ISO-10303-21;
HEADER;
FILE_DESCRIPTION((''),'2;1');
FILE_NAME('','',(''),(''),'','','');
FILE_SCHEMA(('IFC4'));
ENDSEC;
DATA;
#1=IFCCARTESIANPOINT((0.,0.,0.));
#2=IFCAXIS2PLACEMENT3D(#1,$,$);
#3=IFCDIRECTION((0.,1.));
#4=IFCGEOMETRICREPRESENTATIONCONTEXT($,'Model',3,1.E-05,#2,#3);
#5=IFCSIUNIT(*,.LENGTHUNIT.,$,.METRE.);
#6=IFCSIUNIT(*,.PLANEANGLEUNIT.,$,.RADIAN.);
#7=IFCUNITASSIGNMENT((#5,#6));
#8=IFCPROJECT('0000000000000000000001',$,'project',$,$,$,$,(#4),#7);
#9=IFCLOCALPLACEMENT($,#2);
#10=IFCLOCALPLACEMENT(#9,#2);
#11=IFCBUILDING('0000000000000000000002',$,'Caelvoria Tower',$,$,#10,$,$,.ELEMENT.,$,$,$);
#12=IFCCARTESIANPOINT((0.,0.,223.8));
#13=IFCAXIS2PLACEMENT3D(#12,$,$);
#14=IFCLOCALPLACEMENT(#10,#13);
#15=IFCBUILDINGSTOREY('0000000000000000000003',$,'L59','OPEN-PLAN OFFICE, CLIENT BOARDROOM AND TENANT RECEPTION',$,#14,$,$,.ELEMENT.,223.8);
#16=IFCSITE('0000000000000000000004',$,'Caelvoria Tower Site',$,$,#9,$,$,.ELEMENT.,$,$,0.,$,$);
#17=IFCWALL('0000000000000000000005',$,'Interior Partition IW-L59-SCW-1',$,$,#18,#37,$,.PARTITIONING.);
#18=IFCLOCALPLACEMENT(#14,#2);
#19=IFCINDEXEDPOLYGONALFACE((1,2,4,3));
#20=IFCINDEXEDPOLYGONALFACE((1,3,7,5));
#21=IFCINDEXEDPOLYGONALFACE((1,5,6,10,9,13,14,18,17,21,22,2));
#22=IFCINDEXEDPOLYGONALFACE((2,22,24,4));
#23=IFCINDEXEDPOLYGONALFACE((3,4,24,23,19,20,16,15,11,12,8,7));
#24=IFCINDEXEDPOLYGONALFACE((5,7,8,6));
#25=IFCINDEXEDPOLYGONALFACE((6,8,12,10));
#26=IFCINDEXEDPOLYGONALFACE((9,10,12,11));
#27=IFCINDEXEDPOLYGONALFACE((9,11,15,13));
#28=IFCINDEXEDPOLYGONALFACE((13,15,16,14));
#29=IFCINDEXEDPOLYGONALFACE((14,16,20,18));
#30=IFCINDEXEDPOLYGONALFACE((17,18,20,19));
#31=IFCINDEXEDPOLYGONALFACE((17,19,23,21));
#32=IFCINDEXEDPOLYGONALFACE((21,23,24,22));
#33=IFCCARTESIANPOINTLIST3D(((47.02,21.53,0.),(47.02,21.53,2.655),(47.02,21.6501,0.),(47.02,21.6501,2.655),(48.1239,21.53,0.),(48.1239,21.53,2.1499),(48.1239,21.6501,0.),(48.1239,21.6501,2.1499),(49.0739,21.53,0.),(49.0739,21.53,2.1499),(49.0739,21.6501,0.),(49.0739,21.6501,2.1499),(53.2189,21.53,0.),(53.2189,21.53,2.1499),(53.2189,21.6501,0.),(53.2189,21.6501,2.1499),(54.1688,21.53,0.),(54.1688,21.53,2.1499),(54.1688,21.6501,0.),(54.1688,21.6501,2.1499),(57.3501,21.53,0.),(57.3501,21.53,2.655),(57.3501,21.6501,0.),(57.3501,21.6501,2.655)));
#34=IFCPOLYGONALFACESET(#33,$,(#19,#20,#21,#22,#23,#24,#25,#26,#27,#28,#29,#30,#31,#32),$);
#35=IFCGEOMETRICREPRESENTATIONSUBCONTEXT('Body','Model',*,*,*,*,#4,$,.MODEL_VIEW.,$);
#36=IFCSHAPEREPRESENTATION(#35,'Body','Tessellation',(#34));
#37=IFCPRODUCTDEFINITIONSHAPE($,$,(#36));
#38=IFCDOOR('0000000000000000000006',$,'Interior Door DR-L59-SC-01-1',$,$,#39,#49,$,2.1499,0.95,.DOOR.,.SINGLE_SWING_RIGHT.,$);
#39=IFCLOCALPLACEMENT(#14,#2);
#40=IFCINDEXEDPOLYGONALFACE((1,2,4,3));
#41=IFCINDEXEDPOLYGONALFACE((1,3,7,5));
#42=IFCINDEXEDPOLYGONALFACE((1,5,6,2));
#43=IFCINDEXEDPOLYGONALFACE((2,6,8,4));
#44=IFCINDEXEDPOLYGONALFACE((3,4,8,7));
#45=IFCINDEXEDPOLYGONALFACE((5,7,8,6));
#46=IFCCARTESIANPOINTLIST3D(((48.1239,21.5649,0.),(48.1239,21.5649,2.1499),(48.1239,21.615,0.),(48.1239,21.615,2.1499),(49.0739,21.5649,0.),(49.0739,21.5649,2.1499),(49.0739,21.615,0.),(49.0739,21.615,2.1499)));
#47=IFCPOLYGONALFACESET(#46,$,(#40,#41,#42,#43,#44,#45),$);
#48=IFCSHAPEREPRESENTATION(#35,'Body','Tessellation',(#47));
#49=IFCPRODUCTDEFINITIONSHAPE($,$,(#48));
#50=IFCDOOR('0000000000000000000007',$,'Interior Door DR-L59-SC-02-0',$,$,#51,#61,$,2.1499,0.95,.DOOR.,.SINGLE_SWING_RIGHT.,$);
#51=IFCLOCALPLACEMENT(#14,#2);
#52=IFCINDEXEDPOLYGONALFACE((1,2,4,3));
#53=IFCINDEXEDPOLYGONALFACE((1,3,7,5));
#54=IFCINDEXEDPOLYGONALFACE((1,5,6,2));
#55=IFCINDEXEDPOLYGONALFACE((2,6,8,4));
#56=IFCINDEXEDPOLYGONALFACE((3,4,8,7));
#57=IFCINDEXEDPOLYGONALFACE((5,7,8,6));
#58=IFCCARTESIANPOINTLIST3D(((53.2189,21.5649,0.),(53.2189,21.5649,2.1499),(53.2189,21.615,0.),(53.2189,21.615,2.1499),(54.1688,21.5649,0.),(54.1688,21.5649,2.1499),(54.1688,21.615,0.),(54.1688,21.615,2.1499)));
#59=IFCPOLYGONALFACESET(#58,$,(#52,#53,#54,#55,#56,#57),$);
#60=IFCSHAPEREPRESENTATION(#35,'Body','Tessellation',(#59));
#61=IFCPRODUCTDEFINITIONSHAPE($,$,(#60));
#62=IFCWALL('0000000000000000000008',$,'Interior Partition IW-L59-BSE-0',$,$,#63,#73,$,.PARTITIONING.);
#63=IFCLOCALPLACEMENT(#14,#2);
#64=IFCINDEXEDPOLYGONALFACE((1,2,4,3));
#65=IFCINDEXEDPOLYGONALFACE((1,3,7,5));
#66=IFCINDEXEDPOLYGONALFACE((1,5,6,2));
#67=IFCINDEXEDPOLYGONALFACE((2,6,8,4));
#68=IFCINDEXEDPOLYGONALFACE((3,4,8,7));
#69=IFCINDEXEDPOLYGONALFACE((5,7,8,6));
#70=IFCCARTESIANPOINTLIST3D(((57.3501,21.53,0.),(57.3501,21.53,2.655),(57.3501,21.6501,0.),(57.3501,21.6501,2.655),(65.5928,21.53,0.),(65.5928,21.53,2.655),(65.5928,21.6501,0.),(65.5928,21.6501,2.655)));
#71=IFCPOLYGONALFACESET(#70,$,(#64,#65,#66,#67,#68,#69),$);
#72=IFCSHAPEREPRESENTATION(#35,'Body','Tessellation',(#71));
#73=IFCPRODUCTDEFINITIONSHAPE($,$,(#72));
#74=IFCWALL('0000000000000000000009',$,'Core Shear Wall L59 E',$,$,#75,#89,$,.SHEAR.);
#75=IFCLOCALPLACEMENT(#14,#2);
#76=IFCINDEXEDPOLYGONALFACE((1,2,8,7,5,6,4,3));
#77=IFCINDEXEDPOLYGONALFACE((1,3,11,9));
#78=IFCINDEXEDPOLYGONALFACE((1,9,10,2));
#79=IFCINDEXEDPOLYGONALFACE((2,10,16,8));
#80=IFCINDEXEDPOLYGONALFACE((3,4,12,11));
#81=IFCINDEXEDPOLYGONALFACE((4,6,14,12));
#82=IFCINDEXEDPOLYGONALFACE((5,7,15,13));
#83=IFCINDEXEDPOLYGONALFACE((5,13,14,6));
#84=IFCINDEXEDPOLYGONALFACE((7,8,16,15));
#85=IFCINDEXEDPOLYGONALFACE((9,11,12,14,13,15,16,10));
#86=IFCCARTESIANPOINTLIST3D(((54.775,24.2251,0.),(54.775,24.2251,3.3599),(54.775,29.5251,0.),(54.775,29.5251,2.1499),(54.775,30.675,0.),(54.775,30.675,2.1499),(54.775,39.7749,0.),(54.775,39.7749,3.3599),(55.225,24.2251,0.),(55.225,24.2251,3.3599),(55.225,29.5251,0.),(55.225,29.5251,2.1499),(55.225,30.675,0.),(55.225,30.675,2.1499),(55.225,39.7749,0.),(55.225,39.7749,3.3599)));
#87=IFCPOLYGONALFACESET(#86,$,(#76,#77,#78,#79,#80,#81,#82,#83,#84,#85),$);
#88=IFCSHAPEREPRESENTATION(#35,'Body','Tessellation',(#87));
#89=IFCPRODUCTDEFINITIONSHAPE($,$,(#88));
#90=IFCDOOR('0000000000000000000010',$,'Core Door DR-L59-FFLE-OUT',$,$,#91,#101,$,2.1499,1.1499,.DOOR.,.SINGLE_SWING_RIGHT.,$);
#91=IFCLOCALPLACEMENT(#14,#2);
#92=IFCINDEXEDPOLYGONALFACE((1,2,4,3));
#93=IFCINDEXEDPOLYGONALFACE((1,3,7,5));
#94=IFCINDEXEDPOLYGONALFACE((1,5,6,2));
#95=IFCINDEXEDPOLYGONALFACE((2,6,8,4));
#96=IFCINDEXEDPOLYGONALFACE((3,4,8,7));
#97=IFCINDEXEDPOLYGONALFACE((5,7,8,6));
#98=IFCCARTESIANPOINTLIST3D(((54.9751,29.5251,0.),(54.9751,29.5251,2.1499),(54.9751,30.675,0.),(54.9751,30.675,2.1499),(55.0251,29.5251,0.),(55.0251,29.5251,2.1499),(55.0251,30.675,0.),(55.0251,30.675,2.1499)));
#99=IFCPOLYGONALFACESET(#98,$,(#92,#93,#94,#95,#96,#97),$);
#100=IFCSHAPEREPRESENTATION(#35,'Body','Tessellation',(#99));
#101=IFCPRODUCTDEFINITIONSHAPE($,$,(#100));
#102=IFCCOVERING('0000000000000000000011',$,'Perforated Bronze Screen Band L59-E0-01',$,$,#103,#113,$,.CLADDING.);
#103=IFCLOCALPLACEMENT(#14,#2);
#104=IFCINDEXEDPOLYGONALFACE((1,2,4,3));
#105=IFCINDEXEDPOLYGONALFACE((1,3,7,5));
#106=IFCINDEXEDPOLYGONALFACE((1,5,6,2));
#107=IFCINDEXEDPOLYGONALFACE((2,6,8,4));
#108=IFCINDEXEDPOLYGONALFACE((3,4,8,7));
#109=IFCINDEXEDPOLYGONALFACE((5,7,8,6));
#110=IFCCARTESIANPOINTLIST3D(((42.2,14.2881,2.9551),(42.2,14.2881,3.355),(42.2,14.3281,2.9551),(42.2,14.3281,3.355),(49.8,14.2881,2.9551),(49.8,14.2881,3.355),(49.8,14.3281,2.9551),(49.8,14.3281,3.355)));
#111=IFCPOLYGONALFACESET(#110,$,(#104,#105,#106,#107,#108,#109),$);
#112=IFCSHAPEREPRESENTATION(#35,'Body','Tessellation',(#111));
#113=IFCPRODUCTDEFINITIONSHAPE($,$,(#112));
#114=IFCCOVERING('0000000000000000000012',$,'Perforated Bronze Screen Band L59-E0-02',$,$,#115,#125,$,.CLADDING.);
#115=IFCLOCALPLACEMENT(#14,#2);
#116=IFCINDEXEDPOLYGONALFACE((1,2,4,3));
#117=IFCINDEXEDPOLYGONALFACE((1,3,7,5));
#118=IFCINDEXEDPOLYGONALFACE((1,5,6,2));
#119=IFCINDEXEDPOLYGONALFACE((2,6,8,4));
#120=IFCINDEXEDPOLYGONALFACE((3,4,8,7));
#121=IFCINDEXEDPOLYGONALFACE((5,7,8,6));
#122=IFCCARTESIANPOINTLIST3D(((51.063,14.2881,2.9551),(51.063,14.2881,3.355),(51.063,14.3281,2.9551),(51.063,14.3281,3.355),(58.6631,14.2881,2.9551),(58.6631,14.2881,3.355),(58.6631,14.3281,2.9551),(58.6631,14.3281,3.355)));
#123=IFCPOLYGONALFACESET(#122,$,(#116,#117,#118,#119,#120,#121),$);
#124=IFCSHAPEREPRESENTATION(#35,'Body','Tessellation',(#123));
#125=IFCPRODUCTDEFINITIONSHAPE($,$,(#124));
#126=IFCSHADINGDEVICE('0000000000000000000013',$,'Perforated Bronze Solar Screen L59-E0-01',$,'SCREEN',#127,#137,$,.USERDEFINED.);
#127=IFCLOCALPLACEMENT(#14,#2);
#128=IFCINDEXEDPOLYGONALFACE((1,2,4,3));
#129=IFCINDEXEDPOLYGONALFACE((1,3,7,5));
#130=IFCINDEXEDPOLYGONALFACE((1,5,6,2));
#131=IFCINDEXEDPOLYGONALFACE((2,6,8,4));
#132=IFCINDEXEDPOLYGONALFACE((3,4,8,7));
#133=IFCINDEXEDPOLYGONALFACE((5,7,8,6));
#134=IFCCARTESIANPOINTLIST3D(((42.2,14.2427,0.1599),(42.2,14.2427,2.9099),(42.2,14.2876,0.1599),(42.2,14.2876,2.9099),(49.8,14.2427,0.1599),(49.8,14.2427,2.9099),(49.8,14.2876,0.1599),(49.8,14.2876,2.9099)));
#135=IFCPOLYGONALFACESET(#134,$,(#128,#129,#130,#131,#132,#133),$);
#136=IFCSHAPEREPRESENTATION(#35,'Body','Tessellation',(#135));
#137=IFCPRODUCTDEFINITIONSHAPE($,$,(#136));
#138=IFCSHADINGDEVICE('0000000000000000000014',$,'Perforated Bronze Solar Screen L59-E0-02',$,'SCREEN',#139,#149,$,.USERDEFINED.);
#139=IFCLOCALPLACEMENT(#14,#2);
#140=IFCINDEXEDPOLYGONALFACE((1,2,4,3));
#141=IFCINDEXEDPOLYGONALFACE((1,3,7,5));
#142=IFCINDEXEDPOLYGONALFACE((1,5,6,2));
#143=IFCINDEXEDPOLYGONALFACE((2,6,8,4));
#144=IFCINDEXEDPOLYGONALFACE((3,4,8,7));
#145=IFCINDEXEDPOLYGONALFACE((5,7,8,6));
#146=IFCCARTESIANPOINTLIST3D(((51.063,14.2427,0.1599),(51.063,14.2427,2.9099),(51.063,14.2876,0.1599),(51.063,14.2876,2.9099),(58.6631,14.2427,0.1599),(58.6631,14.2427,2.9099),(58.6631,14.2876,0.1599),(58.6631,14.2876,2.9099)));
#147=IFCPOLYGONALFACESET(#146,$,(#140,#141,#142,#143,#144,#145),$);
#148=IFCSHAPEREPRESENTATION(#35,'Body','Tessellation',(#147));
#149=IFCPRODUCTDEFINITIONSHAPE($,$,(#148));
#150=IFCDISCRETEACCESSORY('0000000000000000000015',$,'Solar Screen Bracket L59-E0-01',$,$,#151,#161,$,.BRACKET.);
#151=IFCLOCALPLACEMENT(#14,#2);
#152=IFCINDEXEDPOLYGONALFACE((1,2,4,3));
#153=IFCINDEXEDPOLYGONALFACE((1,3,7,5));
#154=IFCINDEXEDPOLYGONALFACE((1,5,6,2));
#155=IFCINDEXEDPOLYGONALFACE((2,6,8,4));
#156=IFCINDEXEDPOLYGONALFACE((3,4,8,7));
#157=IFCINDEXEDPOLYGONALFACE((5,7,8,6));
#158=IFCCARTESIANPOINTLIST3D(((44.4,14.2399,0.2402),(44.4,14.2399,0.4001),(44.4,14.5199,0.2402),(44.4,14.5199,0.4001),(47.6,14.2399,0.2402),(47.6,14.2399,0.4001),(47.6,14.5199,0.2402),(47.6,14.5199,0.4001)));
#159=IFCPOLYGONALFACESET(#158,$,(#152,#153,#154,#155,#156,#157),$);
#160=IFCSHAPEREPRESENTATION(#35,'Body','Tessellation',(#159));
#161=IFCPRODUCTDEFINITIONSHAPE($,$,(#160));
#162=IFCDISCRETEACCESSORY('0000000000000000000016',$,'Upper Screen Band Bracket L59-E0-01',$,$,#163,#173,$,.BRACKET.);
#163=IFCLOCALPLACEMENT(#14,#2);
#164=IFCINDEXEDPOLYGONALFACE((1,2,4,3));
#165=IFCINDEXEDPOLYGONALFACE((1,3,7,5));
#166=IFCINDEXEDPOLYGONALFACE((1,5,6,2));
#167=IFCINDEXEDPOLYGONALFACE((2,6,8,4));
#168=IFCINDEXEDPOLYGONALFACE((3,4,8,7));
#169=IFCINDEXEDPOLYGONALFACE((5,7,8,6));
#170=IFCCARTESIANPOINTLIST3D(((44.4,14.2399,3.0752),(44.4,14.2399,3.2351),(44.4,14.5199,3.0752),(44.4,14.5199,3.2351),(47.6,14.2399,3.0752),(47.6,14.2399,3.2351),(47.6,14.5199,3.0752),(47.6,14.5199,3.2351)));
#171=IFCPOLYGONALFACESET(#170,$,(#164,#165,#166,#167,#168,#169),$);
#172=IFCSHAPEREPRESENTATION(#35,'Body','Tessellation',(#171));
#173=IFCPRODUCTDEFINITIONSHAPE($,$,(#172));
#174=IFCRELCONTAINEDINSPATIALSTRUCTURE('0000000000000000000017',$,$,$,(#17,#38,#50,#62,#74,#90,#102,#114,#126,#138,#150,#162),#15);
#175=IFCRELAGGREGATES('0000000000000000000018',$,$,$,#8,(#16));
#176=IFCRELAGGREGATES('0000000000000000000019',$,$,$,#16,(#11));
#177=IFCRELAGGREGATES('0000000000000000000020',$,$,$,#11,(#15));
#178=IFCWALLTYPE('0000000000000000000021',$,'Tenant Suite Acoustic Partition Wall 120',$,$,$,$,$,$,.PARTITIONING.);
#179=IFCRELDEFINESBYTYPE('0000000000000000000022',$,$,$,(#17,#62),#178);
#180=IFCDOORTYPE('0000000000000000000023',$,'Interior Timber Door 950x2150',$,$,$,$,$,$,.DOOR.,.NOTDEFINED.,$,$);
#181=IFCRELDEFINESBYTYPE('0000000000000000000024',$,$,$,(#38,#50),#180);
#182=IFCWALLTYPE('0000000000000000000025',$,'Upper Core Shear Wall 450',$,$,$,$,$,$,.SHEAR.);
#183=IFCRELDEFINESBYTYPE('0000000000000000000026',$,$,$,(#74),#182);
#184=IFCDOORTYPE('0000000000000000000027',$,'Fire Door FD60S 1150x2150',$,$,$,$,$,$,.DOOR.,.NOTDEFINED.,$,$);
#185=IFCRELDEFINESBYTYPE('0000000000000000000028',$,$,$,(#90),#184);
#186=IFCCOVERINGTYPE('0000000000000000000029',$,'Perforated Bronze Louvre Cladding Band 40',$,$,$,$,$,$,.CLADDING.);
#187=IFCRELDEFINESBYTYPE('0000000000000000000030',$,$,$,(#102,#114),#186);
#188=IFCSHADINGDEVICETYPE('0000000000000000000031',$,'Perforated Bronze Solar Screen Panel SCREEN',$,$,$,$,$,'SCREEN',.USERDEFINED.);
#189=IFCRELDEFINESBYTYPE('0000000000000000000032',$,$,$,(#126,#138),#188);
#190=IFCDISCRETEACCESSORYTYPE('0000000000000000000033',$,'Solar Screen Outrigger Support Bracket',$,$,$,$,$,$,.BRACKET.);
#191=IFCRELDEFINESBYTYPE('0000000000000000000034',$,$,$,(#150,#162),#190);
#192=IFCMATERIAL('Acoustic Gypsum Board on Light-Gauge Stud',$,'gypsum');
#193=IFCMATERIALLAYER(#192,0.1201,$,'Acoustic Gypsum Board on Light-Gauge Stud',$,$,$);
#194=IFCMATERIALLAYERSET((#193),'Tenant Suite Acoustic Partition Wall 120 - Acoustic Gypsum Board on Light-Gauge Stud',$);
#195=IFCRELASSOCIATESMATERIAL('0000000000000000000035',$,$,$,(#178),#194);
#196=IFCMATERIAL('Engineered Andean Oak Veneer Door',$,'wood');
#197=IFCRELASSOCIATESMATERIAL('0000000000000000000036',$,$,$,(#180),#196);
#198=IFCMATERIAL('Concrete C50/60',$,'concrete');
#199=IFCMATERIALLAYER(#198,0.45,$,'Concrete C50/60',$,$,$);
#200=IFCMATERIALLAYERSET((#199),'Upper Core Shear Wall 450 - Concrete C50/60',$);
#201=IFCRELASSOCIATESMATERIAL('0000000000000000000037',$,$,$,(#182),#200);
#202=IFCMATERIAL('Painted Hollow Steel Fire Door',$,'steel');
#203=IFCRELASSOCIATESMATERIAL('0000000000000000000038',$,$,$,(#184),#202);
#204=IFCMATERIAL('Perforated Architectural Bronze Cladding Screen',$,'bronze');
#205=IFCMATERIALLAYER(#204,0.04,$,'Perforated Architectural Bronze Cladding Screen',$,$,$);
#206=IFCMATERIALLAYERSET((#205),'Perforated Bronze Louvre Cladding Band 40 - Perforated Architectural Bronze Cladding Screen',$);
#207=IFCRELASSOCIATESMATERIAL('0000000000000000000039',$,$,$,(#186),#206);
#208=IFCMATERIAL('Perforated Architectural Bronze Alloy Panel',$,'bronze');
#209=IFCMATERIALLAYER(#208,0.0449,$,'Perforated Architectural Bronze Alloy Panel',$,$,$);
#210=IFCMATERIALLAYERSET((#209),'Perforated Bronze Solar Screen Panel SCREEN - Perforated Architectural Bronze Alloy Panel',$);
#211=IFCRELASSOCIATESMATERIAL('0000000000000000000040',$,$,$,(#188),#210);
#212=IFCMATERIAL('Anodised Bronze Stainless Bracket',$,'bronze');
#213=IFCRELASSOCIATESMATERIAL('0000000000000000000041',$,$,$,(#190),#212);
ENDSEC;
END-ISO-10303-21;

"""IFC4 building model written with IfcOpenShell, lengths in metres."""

from ifc_helpers import new_model, si_unit, direction, frame, frame_2d, origin, origin_2d, place, context, subcontext, project, spatial, rectangle, extrude, material, layer, layer_set, type_object, element, fill, save


model = new_model("IFC4")

# Units and contexts
model_context = context("Model", 3, precision=1e-05, world=origin(), true_north=direction((0.0, 1.0)))
body_context = subcontext(model_context, "Body", "Model", "MODEL_VIEW")
ifc_project = project(units=[si_unit("LENGTHUNIT", "METRE"), si_unit("PLANEANGLEUNIT", "RADIAN")], contexts=[model_context])

# Site, building, storey
site_placement = place(None, origin())
site = spatial("IfcSite", under=ifc_project, at=site_placement, Name="Caelvoria Tower Site", CompositionType="ELEMENT", RefElevation=0.0)
building_placement = place(site_placement, origin())
building = spatial("IfcBuilding", under=site, at=building_placement, Name="Caelvoria Tower", CompositionType="ELEMENT")
storey_placement = place(building_placement, frame((0.0, 0.0, 223.8)))
storey = spatial("IfcBuildingStorey", under=building, at=storey_placement, Name="L59", Description="OPEN-PLAN OFFICE, CLIENT BOARDROOM AND TENANT RECEPTION", CompositionType="ELEMENT", Elevation=223.8)

# Shared definitions
ifc_material_1 = material(Name="Concrete C50/60", Category="concrete")

# Shared definitions
ifc_material_2 = material(Name="Acoustic Gypsum Board on Light-Gauge Stud", Category="gypsum")
ifc_layer_1 = layer(ifc_material_2, 0.1201, Name="Acoustic Gypsum Board on Light-Gauge Stud")
ifc_layer_set_1 = layer_set([ifc_layer_1], Name="Tenant Suite Acoustic Partition Wall 120 - Acoustic Gypsum Board on Light-Gauge Stud")
wall_type_1 = type_object("IfcWallType", Name="Tenant Suite Acoustic Partition Wall 120", PredefinedType="PARTITIONING", material=ifc_layer_set_1)
ifc_material_3 = material(Name="Engineered Andean Oak Veneer Door", Category="wood")

# Wall, openings, doors
wall_1_placement = place(storey_placement, frame((47.02, 21.5901, 0.0), z_axis=(0.0, 0.0, 1.0), x_axis=(1.0, 0.0, 0.0)))
wall_1 = element("IfcWall", 1, at=wall_1_placement, inside=storey, type_object=wall_type_1, Name="Interior Partition IW-L59-SCW-1", PredefinedType="PARTITIONING", context=body_context, shape_type="SweptSolid", body=[
    extrude(rectangle(XDim=10.3301, YDim=0.1201, at=frame_2d((5.165, 0.0))), origin(), (0.0, 0.0, 1.0), 2.655),
])
opening_1_placement = place(wall_1_placement, frame((1.1038, 0.0, 0.0)))
opening_1 = element("IfcOpeningElement", 2, at=opening_1_placement, cuts=wall_1, PredefinedType="OPENING", context=body_context, shape_type="SweptSolid", body=[
    extrude(rectangle(XDim=0.95, YDim=2.1499, at=frame_2d((0.4751, 1.075))), frame((0.0, 0.0701, 0.0), z_axis=(0.0, -1.0, 0.0), x_axis=(1.0, 0.0, 0.0)), (0.0, 0.0, 1.0), 0.1401),
])
opening_2_placement = place(wall_1_placement, frame((6.1987, 0.0, 0.0)))
opening_2 = element("IfcOpeningElement", 3, at=opening_2_placement, cuts=wall_1, PredefinedType="OPENING", context=body_context, shape_type="SweptSolid", body=[
    extrude(rectangle(XDim=0.95, YDim=2.1499, at=frame_2d((0.4751, 1.075))), frame((0.0, 0.0701, 0.0), z_axis=(0.0, -1.0, 0.0), x_axis=(1.0, 0.0, 0.0)), (0.0, 0.0, 1.0), 0.1401),
])
door_type_1 = type_object("IfcDoorType", Name="Interior Timber Door 950x2150", OperationType="NOTDEFINED", PredefinedType="DOOR", material=ifc_material_3)
door_1_placement = place(opening_1_placement, origin())
door_1 = element("IfcDoor", 4, at=door_1_placement, inside=storey, type_object=door_type_1, Name="Interior Door DR-L59-SC-01-1", OperationType="SINGLE_SWING_RIGHT", OverallHeight=2.1499, OverallWidth=0.95, PredefinedType="DOOR", context=body_context, shape_type="SweptSolid", body=[
    extrude(rectangle(XDim=0.95, YDim=2.1499, at=frame_2d((0.4751, 1.075))), frame((0.0, 0.0249, 0.0), z_axis=(0.0, -1.0, 0.0), x_axis=(1.0, 0.0, 0.0)), (0.0, 0.0, 1.0), 0.05),
])
fill(opening_1, door_1)
door_2_placement = place(opening_2_placement, origin())
door_2 = element("IfcDoor", 5, at=door_2_placement, inside=storey, type_object=door_type_1, Name="Interior Door DR-L59-SC-02-0", OperationType="SINGLE_SWING_RIGHT", OverallHeight=2.1499, OverallWidth=0.95, PredefinedType="DOOR", context=body_context, shape_type="SweptSolid", body=[
    extrude(rectangle(XDim=0.95, YDim=2.1499, at=frame_2d((0.4751, 1.075))), frame((0.0, 0.0249, 0.0), z_axis=(0.0, -1.0, 0.0), x_axis=(1.0, 0.0, 0.0)), (0.0, 0.0, 1.0), 0.05),
])
fill(opening_2, door_2)

# Wall
wall_2_placement = place(storey_placement, frame((57.3501, 21.5901, 0.0), z_axis=(0.0, 0.0, 1.0), x_axis=(1.0, 0.0, 0.0)))
element("IfcWall", 6, at=wall_2_placement, inside=storey, type_object=wall_type_1, Name="Interior Partition IW-L59-BSE-0", PredefinedType="PARTITIONING", context=body_context, shape_type="SweptSolid", body=[
    extrude(rectangle(XDim=8.2427, YDim=0.1201, at=frame_2d((4.1213, 0.0))), origin(), (0.0, 0.0, 1.0), 2.655),
])

# Wall, opening, door
ifc_layer_2 = layer(ifc_material_1, 0.45, Name="Concrete C50/60")
ifc_layer_set_2 = layer_set([ifc_layer_2], Name="Upper Core Shear Wall 450 - Concrete C50/60")
wall_type_2 = type_object("IfcWallType", Name="Upper Core Shear Wall 450", PredefinedType="SHEAR", material=ifc_layer_set_2)
wall_3_placement = place(storey_placement, frame((55.0, 24.2251, 0.0), z_axis=(0.0, 0.0, 1.0), x_axis=(0.0, 1.0, 0.0)))
wall_3 = element("IfcWall", 7, at=wall_3_placement, inside=storey, type_object=wall_type_2, Name="Core Shear Wall L59 E", PredefinedType="SHEAR", context=body_context, shape_type="SweptSolid", body=[
    extrude(rectangle(XDim=15.5498, YDim=0.45, at=frame_2d((7.7749, 0.0))), origin(), (0.0, 0.0, 1.0), 3.3599),
])
opening_3_placement = place(wall_3_placement, frame((5.3, 0.0, 0.0)))
opening_3 = element("IfcOpeningElement", 8, at=opening_3_placement, cuts=wall_3, PredefinedType="OPENING", context=body_context, shape_type="SweptSolid", body=[
    extrude(rectangle(XDim=1.1499, YDim=2.1499, at=frame_2d((0.575, 1.075))), frame((0.0, 0.2349, 0.0), z_axis=(0.0, -1.0, 0.0), x_axis=(1.0, 0.0, 0.0)), (0.0, 0.0, 1.0), 0.47),
])
ifc_material_4 = material(Name="Painted Hollow Steel Fire Door", Category="steel")
door_type_2 = type_object("IfcDoorType", Name="Fire Door FD60S 1150x2150", OperationType="NOTDEFINED", PredefinedType="DOOR", material=ifc_material_4)
door_3_placement = place(opening_3_placement, origin())
door_3 = element("IfcDoor", 9, at=door_3_placement, inside=storey, type_object=door_type_2, Name="Core Door DR-L59-FFLE-OUT", OperationType="SINGLE_SWING_RIGHT", OverallHeight=2.1499, OverallWidth=1.1499, PredefinedType="DOOR", context=body_context, shape_type="SweptSolid", body=[
    extrude(rectangle(XDim=1.1499, YDim=2.1499, at=frame_2d((0.575, 1.075))), frame((0.0, 0.0249, 0.0), z_axis=(0.0, -1.0, 0.0), x_axis=(1.0, 0.0, 0.0)), (0.0, 0.0, 1.0), 0.05),
])
fill(opening_3, door_3)

# Coverings
ifc_material_5 = material(Name="Perforated Architectural Bronze Cladding Screen", Category="bronze")
ifc_layer_3 = layer(ifc_material_5, 0.04, Name="Perforated Architectural Bronze Cladding Screen")
ifc_layer_set_3 = layer_set([ifc_layer_3], Name="Perforated Bronze Louvre Cladding Band 40 - Perforated Architectural Bronze Cladding Screen")
covering_type = type_object("IfcCoveringType", Name="Perforated Bronze Louvre Cladding Band 40", PredefinedType="CLADDING", material=ifc_layer_set_3)
for number, where, z_axis, x_axis, name in (
    (10, (46.0, 14.3081, 2.9551), (0.0, 0.0, 1.0), (1.0, 0.0, 0.0), "Perforated Bronze Screen Band L59-E0-01"),
    (11, (54.863, 14.3081, 2.9551), (0.0, 0.0, 1.0), (1.0, 0.0, 0.0), "Perforated Bronze Screen Band L59-E0-02"),
):
    element("IfcCovering", number, at=place(storey_placement, frame(where, z_axis=z_axis, x_axis=x_axis)), inside=storey, type_object=covering_type, Name=name, PredefinedType="CLADDING", context=body_context, shape_type="SweptSolid", body=[
        extrude(rectangle(XDim=7.6001, YDim=0.04, at=origin_2d()), origin(), (0.0, 0.0, 1.0), 0.3999),
    ])

# Shading devices
ifc_material_6 = material(Name="Perforated Architectural Bronze Alloy Panel", Category="bronze")
ifc_layer_4 = layer(ifc_material_6, 0.0449, Name="Perforated Architectural Bronze Alloy Panel")
ifc_layer_set_4 = layer_set([ifc_layer_4], Name="Perforated Bronze Solar Screen Panel SCREEN - Perforated Architectural Bronze Alloy Panel")
shading_device_type = type_object("IfcShadingDeviceType", Name="Perforated Bronze Solar Screen Panel SCREEN", ElementType="SCREEN", PredefinedType="USERDEFINED", material=ifc_layer_set_4)
for number, where, z_axis, x_axis, name in (
    (12, (46.0, 14.2651, 0.1599), (0.0, 0.0, 1.0), (1.0, 0.0, 0.0), "Perforated Bronze Solar Screen L59-E0-01"),
    (13, (54.863, 14.2651, 0.1599), (0.0, 0.0, 1.0), (1.0, 0.0, 0.0), "Perforated Bronze Solar Screen L59-E0-02"),
):
    element("IfcShadingDevice", number, at=place(storey_placement, frame(where, z_axis=z_axis, x_axis=x_axis)), inside=storey, type_object=shading_device_type, Name=name, ObjectType="SCREEN", PredefinedType="USERDEFINED", context=body_context, shape_type="SweptSolid", body=[
        extrude(rectangle(XDim=7.6001, YDim=0.0449, at=origin_2d()), origin(), (0.0, 0.0, 1.0), 2.75),
    ])

# Discrete accessories
ifc_material_7 = material(Name="Anodised Bronze Stainless Bracket", Category="bronze")
discrete_accessory_type = type_object("IfcDiscreteAccessoryType", Name="Solar Screen Outrigger Support Bracket", PredefinedType="BRACKET", material=ifc_material_7)
for number, where, z_axis, x_axis, name in (
    (14, (46.0, 14.3799, 0.2402), (0.0, 0.0, 1.0), (1.0, 0.0, 0.0), "Solar Screen Bracket L59-E0-01"),
    (15, (46.0, 14.3799, 3.0752), (0.0, 0.0, 1.0), (1.0, 0.0, 0.0), "Upper Screen Band Bracket L59-E0-01"),
):
    element("IfcDiscreteAccessory", number, at=place(storey_placement, frame(where, z_axis=z_axis, x_axis=x_axis)), inside=storey, type_object=discrete_accessory_type, Name=name, PredefinedType="BRACKET", context=body_context, shape_type="SweptSolid", body=[
        extrude(rectangle(XDim=3.2, YDim=0.28, at=origin_2d()), origin(), (0.0, 0.0, 1.0), 0.1599),
    ])

save(model, "model.ifc")
